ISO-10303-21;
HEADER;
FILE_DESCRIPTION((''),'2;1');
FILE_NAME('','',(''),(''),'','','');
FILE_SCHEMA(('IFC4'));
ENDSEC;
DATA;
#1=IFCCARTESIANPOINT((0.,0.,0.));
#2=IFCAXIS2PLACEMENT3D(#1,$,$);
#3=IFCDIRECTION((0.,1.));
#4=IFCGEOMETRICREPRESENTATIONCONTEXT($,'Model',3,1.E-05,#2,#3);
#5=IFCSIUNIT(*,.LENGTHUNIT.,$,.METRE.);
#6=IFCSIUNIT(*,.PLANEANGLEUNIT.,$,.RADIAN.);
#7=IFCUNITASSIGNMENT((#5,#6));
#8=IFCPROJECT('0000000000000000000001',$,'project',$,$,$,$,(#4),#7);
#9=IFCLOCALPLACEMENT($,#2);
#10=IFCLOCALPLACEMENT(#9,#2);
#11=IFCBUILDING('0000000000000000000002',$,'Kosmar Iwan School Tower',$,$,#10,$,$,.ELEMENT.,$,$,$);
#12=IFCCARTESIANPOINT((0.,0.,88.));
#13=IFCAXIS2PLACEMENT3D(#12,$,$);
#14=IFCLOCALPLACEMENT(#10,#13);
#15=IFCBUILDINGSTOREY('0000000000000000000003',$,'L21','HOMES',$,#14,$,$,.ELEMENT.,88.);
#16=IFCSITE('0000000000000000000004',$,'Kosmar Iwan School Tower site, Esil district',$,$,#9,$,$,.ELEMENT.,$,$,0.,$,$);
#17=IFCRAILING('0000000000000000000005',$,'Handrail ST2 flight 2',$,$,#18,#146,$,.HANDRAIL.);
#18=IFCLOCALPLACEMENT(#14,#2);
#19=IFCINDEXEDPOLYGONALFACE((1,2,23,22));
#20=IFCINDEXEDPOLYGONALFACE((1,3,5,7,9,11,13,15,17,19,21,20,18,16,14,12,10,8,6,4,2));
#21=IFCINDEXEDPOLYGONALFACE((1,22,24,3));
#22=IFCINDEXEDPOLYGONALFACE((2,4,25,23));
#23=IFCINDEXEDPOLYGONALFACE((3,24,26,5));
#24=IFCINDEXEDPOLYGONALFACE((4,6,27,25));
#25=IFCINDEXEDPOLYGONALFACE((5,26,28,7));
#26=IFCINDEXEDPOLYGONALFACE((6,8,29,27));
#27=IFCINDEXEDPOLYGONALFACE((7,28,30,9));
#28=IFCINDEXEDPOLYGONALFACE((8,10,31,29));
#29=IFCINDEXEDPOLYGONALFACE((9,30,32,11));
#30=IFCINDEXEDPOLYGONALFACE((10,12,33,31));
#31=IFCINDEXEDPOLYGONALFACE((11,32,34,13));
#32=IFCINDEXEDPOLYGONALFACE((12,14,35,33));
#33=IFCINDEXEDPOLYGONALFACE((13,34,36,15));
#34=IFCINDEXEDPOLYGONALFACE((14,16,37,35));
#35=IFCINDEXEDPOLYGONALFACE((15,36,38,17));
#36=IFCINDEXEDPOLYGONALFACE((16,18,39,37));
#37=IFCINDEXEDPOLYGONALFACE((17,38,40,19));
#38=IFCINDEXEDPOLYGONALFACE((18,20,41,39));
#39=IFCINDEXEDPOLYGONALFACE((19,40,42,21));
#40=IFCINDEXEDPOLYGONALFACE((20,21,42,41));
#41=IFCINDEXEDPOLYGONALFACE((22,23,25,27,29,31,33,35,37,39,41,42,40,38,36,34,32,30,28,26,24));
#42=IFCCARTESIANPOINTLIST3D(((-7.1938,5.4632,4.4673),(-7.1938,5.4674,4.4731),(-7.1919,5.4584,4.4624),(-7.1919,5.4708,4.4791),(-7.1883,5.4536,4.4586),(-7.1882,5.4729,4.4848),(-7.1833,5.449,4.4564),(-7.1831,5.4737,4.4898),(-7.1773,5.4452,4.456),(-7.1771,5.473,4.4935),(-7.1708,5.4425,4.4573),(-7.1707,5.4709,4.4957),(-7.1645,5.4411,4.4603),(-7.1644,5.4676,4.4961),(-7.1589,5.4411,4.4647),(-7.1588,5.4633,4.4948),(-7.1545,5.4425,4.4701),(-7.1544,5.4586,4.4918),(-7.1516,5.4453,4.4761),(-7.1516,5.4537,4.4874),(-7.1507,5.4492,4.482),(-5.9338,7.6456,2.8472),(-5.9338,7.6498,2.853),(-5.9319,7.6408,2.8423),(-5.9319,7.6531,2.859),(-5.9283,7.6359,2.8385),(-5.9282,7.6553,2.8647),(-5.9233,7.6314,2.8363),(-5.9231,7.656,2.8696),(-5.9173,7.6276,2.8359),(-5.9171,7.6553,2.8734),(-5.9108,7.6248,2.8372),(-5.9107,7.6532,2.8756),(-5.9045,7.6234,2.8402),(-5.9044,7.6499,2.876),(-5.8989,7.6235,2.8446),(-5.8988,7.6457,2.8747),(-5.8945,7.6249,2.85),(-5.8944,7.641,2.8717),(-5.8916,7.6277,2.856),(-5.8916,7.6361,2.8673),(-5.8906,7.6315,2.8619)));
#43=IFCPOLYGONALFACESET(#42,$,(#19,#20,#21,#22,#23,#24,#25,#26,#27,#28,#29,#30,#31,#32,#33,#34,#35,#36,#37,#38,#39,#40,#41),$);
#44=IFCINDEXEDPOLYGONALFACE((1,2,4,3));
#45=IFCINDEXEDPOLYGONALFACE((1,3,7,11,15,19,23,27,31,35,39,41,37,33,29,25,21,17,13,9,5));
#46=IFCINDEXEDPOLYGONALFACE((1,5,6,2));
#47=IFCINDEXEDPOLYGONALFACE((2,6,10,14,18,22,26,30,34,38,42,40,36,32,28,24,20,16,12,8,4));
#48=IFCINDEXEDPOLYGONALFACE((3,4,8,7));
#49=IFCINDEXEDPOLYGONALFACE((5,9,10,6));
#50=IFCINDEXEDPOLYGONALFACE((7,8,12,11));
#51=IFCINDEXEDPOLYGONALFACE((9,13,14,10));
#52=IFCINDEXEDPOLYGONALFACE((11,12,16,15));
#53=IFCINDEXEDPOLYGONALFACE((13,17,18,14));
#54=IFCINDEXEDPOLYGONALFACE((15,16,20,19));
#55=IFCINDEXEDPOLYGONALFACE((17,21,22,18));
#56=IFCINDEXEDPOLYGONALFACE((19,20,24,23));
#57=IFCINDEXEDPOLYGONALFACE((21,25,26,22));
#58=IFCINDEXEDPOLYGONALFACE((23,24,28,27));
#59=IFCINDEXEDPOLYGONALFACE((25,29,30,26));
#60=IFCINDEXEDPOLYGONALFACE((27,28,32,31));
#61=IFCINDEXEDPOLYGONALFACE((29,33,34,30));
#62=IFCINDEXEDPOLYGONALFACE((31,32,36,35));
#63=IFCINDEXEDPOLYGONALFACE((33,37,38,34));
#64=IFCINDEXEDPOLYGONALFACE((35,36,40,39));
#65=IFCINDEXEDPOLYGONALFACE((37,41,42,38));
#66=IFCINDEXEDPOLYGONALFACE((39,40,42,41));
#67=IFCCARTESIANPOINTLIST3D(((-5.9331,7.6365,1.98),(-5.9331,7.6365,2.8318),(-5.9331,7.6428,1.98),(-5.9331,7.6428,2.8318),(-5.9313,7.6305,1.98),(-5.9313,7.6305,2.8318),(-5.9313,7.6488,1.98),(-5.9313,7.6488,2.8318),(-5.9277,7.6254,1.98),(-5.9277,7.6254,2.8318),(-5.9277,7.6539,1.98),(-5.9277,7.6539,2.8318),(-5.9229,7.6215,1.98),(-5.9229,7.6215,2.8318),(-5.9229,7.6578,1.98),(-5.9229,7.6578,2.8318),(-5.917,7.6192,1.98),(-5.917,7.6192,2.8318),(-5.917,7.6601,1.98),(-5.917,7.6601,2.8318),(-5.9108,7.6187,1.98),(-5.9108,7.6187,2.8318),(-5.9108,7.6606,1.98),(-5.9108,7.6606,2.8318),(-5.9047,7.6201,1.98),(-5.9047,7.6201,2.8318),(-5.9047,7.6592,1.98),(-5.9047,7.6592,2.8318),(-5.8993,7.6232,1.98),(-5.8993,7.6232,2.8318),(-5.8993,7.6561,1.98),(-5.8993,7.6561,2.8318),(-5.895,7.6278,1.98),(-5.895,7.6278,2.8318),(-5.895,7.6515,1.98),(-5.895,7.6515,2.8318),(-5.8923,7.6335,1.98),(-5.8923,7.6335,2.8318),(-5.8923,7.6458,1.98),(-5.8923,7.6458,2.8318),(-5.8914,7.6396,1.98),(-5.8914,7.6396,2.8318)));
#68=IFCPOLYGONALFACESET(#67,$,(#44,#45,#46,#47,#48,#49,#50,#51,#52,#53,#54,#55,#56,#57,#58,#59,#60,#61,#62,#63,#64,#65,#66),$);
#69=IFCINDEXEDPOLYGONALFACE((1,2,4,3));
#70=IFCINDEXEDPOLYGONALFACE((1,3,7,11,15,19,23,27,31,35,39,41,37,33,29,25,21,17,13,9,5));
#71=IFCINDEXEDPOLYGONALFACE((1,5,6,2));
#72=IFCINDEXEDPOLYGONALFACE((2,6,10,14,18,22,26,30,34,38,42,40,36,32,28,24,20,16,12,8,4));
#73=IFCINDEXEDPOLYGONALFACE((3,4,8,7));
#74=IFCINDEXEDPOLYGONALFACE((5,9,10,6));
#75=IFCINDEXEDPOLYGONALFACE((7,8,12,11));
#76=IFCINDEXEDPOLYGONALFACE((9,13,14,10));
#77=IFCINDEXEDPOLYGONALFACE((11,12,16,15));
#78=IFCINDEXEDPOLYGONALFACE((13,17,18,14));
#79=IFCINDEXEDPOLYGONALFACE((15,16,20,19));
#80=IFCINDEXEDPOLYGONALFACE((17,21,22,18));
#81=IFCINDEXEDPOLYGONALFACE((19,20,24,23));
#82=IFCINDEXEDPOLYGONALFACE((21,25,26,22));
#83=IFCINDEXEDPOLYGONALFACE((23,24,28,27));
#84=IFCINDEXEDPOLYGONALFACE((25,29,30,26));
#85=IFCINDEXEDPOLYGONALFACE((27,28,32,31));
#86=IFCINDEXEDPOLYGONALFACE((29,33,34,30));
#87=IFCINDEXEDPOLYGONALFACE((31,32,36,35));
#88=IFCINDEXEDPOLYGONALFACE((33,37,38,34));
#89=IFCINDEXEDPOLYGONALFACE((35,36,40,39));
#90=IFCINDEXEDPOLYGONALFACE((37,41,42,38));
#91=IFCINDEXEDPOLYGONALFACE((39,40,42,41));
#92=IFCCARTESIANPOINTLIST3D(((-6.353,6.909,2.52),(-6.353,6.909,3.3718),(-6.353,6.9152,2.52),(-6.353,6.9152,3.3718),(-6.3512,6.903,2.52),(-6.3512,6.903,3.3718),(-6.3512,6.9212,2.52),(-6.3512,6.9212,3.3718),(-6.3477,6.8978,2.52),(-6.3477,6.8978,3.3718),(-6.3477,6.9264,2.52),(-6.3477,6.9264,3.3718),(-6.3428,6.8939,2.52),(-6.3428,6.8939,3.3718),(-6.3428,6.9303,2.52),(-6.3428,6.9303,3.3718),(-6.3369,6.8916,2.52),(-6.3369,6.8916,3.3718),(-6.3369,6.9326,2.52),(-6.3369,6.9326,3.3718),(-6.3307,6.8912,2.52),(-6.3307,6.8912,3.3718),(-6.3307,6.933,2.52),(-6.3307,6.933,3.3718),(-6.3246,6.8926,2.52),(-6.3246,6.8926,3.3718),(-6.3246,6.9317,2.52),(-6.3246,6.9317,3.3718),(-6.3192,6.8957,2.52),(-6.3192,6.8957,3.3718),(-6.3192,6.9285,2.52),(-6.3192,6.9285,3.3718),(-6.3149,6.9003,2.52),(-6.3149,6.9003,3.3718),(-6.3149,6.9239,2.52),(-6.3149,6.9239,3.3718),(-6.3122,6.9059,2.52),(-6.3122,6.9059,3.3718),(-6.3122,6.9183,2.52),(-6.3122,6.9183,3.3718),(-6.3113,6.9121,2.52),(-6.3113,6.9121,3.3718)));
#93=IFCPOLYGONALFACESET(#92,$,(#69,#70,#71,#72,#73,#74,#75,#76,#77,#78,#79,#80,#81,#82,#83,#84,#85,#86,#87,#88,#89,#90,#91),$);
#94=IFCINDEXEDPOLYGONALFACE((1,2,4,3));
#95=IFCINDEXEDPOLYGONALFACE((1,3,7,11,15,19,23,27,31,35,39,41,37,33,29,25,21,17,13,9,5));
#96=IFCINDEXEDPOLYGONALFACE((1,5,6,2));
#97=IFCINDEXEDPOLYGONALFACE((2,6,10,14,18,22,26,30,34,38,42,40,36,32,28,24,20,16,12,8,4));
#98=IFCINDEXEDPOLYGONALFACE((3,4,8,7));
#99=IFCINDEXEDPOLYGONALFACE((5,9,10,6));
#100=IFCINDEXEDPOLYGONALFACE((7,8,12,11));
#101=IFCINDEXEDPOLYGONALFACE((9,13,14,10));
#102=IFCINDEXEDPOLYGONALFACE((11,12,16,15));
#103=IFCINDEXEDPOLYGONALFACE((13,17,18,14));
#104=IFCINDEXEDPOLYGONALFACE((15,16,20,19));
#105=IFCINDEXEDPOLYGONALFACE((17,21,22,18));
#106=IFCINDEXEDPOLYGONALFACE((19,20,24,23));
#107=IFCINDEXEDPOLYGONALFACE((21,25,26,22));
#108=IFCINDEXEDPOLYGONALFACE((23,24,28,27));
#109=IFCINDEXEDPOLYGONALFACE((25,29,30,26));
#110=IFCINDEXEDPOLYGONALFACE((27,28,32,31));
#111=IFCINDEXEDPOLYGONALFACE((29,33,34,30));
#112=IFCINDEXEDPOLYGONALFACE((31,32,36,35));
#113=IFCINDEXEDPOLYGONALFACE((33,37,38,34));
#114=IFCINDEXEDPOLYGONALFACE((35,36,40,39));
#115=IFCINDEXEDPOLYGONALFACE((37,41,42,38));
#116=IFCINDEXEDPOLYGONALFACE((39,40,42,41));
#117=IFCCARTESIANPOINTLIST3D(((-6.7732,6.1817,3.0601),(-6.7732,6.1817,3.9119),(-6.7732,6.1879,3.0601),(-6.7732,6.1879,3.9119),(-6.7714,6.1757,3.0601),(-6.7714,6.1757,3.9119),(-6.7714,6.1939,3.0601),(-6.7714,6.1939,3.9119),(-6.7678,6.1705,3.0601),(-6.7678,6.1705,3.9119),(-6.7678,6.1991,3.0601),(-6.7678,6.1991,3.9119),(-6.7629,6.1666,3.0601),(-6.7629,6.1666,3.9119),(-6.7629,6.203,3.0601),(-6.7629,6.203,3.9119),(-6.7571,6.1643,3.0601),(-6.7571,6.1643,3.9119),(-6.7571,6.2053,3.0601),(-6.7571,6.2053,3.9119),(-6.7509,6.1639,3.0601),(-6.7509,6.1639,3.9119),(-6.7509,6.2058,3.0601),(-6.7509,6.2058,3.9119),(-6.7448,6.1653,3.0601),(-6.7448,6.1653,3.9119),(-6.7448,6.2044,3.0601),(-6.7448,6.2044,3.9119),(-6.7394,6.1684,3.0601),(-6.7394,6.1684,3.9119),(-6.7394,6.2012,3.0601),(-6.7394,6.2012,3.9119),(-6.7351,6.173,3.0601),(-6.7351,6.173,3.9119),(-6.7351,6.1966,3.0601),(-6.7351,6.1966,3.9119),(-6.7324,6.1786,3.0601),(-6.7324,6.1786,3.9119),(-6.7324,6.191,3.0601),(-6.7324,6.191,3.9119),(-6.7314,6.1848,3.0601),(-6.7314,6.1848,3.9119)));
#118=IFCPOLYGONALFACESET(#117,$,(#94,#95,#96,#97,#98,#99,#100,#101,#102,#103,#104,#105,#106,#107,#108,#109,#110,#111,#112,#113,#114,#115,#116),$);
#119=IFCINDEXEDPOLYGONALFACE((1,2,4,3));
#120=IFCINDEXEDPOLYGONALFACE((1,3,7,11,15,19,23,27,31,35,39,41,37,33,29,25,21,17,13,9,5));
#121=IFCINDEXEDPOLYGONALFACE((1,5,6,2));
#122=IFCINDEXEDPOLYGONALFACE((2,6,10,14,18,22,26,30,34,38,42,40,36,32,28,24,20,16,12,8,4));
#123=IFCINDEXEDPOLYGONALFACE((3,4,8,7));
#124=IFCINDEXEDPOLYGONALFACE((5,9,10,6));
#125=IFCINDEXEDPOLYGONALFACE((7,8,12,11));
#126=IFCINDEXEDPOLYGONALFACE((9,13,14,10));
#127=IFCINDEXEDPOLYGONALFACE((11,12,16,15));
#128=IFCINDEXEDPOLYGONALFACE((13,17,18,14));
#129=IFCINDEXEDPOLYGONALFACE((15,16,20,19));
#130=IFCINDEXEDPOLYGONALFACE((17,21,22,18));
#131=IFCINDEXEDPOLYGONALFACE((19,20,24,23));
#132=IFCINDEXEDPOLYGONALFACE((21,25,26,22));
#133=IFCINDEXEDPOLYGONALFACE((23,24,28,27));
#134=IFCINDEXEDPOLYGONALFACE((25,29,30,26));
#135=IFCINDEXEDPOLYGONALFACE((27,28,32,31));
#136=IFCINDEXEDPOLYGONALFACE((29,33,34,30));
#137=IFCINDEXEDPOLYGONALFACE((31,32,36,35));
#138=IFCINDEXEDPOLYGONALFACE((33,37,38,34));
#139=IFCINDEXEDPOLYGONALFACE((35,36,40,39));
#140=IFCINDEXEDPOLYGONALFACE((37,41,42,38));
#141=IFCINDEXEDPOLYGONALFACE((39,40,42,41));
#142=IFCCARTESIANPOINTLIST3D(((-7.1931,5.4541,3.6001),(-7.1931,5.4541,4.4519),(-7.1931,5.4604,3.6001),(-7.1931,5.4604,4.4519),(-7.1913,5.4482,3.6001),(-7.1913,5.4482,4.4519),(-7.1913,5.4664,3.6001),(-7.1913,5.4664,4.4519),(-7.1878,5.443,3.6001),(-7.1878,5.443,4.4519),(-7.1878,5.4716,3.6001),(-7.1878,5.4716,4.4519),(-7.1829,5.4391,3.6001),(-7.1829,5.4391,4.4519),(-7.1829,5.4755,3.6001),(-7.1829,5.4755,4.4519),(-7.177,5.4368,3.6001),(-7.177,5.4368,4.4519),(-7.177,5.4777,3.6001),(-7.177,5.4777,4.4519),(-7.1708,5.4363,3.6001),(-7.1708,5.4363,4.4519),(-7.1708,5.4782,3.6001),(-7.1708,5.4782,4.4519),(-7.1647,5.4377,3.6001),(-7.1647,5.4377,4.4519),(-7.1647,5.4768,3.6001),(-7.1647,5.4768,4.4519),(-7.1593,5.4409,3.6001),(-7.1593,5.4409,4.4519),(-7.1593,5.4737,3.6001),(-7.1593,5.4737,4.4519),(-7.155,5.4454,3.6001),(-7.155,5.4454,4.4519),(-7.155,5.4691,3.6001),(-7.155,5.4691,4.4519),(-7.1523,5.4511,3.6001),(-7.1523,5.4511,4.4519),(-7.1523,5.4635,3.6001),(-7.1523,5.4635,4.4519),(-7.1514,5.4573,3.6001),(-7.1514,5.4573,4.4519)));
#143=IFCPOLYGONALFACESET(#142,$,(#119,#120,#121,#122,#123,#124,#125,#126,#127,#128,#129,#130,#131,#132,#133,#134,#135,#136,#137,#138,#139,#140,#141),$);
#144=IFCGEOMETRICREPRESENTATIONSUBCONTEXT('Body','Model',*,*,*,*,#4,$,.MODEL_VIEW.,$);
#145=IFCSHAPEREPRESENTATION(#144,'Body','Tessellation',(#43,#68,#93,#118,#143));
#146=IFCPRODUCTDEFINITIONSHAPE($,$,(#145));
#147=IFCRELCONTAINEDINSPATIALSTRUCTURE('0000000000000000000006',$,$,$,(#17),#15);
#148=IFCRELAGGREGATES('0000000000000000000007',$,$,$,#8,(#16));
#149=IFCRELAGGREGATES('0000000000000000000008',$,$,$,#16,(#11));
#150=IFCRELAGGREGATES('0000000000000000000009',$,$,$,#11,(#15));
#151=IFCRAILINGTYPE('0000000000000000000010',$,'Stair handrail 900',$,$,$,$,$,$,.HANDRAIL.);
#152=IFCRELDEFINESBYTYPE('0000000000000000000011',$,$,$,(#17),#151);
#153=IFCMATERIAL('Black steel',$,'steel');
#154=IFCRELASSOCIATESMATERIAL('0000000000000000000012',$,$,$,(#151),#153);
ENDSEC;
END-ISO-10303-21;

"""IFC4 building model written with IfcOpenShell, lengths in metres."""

from ifc_helpers import new_model, si_unit, direction, frame, origin, origin_2d, place, context, subcontext, project, spatial, circle, extrude, material, type_object, element, save


model = new_model("IFC4")

# Units and contexts
model_context = context("Model", 3, precision=1e-05, world=origin(), true_north=direction((0.0, 1.0)))
body_context = subcontext(model_context, "Body", "Model", "MODEL_VIEW")
ifc_project = project(units=[si_unit("LENGTHUNIT", "METRE"), si_unit("PLANEANGLEUNIT", "RADIAN")], contexts=[model_context])

# Site, building, storey
site_placement = place(None, origin())
site = spatial("IfcSite", under=ifc_project, at=site_placement, Name="Kosmar Iwan School Tower site, Esil district", CompositionType="ELEMENT", RefElevation=0.0)
building_placement = place(site_placement, origin())
building = spatial("IfcBuilding", under=site, at=building_placement, Name="Kosmar Iwan School Tower", CompositionType="ELEMENT")
storey_placement = place(building_placement, frame((0.0, 0.0, 88.0)))
storey = spatial("IfcBuildingStorey", under=building, at=storey_placement, Name="L21", Description="HOMES", CompositionType="ELEMENT", Elevation=88.0)

# Railing
ifc_material_1 = material(Name="Black steel", Category="steel")
railing_type = type_object("IfcRailingType", Name="Stair handrail 900", PredefinedType="HANDRAIL", material=ifc_material_1)
railing_1_placement = place(storey_placement, frame((-5.9124, 7.6396, 1.98)))
element("IfcRailing", 1, at=railing_1_placement, inside=storey, type_object=railing_type, Name="Handrail ST2 flight 2", PredefinedType="HANDRAIL", context=body_context, shape_type="SweptSolid", body=[
    extrude(circle(Radius=0.0239, at=origin_2d()), frame((0.0, 0.0, 0.876), z_axis=(-0.420584, -0.728464, 0.540786), x_axis=(0.866023, -0.500005, 0.0)), (0.0, 0.0, 1.0), 2.9958),
    extrude(circle(Radius=0.021, at=origin_2d()), origin(), (0.0, 0.0, 1.0), 0.8518),
    extrude(circle(Radius=0.021, at=origin_2d()), frame((-0.4199, -0.7275, 0.54)), (0.0, 0.0, 1.0), 0.8518),
    extrude(circle(Radius=0.021, at=origin_2d()), frame((-0.8401, -1.4548, 1.0801)), (0.0, 0.0, 1.0), 0.8518),
    extrude(circle(Radius=0.021, at=origin_2d()), frame((-1.26, -2.1824, 1.6201)), (0.0, 0.0, 1.0), 0.8518),
])

save(model, "model.ifc")
